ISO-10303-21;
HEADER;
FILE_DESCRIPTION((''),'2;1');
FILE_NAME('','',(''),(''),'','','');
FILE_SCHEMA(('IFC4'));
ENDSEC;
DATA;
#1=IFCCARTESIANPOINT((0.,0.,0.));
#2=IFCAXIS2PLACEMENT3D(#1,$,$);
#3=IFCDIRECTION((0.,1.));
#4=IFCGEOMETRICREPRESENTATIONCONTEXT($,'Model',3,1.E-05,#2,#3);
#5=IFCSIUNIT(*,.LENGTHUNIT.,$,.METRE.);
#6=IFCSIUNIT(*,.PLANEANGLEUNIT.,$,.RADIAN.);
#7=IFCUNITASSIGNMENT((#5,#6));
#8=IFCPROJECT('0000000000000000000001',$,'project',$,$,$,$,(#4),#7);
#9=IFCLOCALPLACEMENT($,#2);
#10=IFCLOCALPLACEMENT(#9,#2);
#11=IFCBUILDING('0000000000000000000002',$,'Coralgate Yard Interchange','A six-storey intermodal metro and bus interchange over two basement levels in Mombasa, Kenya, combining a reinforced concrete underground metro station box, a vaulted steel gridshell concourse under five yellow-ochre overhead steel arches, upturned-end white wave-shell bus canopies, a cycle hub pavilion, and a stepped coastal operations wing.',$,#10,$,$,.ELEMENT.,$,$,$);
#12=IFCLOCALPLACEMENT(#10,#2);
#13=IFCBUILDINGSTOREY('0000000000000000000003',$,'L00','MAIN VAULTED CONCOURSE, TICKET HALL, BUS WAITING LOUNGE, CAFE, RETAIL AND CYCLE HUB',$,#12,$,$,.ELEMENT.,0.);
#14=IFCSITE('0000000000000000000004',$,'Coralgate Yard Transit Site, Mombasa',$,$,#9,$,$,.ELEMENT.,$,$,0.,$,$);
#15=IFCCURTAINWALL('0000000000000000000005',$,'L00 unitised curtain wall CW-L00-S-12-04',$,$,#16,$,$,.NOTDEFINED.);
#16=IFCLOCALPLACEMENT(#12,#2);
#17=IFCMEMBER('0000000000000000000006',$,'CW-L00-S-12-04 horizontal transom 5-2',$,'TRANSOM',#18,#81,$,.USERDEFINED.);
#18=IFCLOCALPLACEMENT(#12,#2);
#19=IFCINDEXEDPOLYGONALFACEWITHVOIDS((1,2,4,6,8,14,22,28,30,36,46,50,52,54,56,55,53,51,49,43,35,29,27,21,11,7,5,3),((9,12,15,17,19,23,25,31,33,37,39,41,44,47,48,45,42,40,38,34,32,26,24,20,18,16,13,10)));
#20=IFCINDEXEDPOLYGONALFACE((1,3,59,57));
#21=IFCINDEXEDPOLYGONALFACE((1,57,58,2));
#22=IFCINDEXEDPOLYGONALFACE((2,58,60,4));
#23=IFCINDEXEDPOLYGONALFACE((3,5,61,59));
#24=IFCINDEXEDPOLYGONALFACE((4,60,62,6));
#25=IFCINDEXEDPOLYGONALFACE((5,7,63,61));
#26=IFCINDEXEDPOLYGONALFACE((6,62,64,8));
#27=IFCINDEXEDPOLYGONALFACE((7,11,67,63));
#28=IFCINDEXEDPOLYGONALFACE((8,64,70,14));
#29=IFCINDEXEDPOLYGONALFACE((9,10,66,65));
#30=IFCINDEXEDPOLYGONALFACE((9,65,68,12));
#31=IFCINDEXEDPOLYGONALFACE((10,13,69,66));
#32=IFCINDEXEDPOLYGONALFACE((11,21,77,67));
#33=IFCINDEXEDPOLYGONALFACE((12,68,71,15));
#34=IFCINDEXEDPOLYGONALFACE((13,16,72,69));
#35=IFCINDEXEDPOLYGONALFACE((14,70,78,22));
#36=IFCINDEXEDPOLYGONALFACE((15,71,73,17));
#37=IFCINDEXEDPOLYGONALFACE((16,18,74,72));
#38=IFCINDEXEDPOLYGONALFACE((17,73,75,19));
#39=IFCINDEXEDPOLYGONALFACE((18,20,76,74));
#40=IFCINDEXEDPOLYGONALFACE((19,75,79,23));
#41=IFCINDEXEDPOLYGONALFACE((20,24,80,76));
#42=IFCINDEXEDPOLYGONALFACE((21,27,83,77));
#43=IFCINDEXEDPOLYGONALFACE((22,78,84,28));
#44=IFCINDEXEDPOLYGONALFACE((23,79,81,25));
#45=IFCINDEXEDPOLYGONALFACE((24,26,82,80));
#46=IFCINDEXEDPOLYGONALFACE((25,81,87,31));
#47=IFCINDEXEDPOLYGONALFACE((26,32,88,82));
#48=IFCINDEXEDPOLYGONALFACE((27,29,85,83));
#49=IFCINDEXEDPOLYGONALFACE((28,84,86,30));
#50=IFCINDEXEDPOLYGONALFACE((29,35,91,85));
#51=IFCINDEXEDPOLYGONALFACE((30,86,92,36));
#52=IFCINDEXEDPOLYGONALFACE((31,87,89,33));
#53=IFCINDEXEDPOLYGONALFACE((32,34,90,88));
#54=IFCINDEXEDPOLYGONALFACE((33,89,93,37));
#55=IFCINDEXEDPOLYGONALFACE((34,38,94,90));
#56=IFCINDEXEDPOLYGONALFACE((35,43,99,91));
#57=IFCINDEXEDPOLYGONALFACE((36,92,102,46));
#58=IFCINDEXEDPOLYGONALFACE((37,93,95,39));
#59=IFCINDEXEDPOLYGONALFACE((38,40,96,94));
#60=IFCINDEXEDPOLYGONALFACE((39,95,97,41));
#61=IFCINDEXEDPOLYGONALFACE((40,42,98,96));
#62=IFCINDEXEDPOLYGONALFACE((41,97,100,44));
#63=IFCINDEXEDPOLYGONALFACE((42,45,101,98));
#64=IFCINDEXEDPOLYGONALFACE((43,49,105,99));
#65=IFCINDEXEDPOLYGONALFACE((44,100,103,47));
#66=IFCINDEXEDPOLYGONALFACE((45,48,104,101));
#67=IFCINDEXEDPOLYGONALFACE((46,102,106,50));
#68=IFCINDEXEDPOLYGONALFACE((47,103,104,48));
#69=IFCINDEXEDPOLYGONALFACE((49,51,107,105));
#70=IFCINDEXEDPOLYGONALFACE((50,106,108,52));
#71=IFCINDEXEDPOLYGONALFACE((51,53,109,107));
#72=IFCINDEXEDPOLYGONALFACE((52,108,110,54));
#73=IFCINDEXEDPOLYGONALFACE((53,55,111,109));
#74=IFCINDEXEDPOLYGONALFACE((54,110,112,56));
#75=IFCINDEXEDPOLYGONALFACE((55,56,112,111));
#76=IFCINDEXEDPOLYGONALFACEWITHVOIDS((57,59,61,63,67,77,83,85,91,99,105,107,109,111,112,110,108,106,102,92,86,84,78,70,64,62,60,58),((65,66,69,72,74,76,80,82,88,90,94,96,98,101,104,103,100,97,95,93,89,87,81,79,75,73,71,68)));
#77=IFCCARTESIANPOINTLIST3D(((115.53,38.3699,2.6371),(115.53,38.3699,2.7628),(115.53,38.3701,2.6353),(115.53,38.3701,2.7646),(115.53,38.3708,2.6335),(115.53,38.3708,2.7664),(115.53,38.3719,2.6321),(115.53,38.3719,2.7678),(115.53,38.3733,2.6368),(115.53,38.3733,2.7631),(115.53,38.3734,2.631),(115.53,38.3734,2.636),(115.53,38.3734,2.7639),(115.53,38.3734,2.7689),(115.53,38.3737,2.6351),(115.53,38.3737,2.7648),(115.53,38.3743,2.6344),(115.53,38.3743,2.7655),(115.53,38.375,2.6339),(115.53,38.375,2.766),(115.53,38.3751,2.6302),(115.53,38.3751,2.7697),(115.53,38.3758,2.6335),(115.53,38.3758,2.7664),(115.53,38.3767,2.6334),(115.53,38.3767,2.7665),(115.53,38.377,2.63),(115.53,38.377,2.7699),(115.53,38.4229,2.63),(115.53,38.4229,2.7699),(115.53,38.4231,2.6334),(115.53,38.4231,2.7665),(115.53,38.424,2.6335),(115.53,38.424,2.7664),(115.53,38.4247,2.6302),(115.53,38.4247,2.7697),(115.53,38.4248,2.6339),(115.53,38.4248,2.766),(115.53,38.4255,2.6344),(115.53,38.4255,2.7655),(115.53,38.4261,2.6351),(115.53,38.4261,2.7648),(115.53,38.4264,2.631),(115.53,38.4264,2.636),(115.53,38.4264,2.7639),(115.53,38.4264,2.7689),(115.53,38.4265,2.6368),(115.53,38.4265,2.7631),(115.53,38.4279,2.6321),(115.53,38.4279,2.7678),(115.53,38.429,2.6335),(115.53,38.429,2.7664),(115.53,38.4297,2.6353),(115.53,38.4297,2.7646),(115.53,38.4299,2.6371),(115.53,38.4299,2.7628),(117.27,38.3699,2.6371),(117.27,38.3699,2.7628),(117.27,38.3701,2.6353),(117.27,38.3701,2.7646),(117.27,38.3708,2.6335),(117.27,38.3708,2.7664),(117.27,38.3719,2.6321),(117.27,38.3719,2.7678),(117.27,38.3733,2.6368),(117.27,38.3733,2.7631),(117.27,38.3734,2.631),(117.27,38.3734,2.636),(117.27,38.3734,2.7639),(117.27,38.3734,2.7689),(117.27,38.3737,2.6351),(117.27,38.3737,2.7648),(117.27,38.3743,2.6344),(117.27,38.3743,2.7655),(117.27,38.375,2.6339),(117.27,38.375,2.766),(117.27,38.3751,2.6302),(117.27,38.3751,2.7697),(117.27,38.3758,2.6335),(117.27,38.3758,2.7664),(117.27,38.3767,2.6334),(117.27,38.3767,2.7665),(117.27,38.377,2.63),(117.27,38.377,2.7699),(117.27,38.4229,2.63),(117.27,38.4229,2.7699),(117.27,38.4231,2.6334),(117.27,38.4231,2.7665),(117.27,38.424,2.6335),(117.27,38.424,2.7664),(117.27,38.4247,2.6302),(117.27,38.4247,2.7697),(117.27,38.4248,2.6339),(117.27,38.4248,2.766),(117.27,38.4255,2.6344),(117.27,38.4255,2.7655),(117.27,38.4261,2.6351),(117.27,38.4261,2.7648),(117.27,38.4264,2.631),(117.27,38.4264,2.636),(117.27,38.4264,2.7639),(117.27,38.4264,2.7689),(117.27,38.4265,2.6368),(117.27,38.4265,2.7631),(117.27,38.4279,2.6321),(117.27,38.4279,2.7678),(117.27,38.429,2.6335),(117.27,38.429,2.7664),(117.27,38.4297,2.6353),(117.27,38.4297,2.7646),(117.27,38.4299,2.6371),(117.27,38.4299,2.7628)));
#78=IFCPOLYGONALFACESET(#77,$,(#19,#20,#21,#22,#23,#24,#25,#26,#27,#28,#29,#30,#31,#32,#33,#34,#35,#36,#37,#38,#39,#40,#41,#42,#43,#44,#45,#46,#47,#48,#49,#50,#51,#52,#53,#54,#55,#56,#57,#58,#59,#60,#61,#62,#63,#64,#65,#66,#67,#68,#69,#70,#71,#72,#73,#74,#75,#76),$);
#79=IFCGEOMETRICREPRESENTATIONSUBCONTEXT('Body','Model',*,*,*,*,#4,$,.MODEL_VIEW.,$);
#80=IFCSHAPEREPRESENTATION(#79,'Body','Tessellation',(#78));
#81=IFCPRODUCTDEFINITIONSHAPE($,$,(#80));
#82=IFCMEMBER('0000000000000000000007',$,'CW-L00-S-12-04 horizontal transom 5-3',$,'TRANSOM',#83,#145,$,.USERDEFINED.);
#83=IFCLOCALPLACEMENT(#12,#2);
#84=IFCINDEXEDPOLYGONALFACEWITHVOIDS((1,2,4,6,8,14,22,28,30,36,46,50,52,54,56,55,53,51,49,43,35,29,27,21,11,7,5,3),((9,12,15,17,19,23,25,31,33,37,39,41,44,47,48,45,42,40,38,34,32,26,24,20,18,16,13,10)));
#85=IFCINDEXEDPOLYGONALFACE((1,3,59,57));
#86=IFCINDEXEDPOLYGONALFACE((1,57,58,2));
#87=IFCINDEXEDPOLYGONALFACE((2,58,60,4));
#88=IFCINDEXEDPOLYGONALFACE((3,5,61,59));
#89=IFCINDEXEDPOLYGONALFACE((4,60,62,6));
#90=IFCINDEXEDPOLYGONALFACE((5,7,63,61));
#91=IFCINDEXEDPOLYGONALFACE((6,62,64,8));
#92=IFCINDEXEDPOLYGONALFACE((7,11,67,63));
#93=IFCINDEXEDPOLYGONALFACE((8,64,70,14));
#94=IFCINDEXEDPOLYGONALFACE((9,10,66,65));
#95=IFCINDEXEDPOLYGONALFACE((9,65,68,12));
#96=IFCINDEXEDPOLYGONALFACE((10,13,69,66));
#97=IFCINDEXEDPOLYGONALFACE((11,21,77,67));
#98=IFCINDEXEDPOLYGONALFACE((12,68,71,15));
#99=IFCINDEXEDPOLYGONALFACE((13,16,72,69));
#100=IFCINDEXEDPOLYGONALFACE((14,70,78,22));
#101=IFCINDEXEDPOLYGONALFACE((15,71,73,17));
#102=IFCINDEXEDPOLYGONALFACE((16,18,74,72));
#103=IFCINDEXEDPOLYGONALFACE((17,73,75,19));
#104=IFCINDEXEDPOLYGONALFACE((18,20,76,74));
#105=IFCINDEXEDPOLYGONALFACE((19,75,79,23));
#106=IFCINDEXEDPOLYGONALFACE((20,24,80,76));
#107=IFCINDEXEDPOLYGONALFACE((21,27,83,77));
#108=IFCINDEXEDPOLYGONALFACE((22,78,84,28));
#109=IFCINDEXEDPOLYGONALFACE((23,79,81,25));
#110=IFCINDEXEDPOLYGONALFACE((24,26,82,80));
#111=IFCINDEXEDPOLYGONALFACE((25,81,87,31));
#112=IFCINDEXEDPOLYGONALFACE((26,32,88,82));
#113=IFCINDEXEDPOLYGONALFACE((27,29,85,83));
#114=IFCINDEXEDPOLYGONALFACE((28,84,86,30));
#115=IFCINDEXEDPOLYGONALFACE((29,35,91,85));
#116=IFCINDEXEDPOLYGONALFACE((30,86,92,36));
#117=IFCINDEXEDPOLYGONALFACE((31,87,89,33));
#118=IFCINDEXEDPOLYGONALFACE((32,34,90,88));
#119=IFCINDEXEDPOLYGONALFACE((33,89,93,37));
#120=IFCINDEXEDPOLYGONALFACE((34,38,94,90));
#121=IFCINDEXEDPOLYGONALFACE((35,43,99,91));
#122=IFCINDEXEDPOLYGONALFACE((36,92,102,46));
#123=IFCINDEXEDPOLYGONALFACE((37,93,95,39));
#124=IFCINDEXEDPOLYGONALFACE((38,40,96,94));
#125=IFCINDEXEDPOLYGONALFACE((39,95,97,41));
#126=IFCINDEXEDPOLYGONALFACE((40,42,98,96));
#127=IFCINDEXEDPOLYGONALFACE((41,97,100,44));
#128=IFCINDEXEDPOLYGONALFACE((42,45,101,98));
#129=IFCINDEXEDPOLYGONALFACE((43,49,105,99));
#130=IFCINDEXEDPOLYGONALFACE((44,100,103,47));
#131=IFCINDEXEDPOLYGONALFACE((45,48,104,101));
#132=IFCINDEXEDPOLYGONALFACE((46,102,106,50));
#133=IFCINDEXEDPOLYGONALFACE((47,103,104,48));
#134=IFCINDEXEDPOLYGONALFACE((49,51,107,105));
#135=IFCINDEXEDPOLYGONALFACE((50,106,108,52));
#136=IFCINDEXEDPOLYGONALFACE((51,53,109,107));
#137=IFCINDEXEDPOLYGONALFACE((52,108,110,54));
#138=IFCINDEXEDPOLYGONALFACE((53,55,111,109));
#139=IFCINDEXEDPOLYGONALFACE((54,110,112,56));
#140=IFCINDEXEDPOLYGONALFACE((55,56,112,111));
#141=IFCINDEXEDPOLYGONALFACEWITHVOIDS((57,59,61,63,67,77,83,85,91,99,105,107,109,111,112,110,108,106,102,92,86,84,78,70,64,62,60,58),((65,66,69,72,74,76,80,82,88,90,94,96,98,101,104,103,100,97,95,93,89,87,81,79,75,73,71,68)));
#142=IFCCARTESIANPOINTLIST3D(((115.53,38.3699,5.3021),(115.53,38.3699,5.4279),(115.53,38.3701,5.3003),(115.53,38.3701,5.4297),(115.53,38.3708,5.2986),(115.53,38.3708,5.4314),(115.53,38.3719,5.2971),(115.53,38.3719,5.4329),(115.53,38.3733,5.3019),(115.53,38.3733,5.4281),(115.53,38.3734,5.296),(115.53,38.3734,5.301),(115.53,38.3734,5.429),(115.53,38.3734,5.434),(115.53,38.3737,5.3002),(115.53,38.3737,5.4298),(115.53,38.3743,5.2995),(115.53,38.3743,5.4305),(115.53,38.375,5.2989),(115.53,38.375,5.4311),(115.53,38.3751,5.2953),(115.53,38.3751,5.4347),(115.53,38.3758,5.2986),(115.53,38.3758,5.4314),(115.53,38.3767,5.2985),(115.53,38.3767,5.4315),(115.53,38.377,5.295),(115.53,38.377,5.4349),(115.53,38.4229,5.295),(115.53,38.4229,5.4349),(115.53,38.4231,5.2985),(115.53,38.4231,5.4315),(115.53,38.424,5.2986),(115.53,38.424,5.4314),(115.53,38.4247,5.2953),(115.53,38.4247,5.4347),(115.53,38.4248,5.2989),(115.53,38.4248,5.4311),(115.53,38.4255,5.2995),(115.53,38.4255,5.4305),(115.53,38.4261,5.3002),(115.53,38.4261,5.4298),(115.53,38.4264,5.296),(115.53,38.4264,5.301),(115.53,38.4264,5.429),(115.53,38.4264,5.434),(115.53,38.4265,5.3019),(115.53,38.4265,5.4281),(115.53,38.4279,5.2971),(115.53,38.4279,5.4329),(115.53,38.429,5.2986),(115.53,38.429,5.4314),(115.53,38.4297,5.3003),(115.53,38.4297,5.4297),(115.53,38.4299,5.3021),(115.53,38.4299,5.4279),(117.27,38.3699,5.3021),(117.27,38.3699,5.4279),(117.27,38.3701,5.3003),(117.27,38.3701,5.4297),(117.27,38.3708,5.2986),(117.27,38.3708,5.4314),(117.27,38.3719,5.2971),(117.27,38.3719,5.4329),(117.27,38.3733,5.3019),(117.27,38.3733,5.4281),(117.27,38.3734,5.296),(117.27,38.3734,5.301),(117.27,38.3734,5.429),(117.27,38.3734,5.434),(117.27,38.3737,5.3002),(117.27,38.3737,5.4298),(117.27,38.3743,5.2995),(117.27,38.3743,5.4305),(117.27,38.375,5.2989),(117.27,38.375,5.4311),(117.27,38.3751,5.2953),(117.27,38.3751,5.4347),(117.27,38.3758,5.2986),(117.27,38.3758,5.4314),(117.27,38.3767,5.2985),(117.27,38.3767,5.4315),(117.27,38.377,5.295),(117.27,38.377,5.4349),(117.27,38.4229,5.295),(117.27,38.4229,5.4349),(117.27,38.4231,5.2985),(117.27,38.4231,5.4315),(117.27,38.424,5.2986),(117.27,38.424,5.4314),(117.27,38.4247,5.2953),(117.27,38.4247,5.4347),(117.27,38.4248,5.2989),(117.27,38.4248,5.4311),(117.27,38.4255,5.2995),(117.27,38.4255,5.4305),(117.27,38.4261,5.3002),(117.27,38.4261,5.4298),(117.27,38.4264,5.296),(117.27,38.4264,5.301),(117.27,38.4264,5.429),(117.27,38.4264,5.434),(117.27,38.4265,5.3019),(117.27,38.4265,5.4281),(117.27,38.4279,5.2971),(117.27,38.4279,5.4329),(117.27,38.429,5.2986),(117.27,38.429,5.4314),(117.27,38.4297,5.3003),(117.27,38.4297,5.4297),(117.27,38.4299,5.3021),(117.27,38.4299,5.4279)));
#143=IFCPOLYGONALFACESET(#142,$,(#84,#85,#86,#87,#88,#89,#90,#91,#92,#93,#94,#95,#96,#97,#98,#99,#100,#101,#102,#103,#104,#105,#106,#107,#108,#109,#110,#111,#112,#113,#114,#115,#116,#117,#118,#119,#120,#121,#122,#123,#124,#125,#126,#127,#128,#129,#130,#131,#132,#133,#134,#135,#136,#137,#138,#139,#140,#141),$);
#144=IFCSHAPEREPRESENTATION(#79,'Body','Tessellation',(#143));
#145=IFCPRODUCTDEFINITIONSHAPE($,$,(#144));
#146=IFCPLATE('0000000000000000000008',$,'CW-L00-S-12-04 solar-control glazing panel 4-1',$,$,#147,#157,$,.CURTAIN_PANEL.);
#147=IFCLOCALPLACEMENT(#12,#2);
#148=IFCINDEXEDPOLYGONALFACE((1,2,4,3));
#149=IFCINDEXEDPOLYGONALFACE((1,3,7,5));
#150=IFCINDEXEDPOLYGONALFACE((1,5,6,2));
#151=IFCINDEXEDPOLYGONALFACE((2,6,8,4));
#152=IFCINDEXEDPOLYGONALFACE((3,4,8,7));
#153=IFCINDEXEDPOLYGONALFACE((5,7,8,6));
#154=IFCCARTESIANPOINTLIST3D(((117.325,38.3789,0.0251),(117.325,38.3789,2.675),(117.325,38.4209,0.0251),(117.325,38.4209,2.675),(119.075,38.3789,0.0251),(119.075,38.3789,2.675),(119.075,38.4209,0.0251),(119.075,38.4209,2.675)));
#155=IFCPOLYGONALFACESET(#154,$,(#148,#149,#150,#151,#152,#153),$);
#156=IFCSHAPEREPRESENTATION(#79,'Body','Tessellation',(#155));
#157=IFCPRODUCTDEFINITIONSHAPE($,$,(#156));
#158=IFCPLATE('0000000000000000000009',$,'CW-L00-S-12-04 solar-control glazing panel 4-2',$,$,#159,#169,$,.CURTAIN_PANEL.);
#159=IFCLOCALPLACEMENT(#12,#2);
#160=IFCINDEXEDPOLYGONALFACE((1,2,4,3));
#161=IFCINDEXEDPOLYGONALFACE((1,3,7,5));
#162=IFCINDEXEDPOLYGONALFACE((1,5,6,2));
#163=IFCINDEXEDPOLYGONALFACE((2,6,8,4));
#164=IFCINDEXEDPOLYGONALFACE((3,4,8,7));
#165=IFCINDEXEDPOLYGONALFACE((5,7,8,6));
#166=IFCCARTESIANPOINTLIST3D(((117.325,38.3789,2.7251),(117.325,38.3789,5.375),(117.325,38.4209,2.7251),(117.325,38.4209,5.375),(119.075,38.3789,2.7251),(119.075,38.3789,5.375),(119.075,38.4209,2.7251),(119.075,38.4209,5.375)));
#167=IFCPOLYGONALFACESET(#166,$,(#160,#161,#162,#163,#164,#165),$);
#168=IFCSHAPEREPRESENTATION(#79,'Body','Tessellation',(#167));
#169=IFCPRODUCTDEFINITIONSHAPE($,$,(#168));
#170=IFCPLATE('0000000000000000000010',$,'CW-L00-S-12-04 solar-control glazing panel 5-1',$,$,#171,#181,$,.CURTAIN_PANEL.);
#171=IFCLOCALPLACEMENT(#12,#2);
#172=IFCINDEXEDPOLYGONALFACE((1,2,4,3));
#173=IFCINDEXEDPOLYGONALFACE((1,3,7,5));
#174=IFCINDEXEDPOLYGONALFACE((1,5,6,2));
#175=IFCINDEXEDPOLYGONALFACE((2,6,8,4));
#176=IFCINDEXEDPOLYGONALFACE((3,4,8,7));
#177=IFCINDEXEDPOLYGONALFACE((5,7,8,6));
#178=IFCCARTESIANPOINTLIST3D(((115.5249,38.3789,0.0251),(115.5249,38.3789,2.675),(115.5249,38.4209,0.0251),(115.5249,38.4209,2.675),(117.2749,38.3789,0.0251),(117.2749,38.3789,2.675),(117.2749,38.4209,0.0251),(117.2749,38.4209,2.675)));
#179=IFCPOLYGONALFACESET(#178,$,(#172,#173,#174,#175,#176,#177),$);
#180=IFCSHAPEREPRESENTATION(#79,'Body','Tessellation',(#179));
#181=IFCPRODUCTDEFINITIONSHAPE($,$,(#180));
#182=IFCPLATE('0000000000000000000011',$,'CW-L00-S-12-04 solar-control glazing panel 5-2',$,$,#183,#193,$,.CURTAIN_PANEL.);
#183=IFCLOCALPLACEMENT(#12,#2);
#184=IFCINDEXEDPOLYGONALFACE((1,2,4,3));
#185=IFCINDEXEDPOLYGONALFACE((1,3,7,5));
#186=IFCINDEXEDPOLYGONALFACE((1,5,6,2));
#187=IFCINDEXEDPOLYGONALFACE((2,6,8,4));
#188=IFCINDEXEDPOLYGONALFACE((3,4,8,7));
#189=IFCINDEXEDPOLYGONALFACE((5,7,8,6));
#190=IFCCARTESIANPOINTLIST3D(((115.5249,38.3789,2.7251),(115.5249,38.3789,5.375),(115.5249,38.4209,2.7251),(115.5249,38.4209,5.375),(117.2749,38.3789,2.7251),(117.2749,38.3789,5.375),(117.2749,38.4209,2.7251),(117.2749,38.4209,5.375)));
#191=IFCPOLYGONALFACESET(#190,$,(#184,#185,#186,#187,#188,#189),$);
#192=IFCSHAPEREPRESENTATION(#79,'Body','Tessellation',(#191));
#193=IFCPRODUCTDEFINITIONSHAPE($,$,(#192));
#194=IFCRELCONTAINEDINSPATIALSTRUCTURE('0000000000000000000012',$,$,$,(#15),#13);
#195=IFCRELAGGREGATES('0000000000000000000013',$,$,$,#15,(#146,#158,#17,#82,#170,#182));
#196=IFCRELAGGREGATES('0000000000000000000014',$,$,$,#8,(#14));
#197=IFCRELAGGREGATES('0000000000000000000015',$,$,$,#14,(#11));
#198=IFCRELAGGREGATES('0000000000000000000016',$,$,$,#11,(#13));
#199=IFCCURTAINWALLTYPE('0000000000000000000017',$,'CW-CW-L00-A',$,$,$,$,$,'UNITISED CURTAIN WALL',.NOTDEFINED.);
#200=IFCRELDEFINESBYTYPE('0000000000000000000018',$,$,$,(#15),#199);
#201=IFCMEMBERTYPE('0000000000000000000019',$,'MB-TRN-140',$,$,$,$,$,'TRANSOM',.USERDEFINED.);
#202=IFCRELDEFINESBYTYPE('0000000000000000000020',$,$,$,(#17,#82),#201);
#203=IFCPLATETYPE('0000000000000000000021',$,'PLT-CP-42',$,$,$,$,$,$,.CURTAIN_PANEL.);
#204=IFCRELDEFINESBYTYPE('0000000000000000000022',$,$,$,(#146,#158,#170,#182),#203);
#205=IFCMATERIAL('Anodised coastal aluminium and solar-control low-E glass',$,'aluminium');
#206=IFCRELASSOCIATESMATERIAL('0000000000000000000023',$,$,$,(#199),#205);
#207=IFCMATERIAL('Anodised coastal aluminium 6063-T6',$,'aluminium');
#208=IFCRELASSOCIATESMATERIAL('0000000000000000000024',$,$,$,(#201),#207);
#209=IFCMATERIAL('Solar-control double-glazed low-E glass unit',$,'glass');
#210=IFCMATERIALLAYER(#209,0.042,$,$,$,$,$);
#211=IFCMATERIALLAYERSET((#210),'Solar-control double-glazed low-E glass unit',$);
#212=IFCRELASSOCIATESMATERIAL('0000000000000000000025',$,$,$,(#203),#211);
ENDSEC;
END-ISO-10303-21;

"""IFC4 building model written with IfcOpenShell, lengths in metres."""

from ifc_helpers import new_model, si_unit, direction, frame, origin, origin_2d, place, context, subcontext, project, spatial, rectangle, hollow_rectangle, extrude, material, layer, layer_set, material_profile, profile_set, type_object, element, aggregate, save


model = new_model("IFC4")

# Units and contexts
model_context = context("Model", 3, precision=1e-05, world=origin(), true_north=direction((0.0, 1.0)))
body_context = subcontext(model_context, "Body", "Model", "MODEL_VIEW")
ifc_project = project(units=[si_unit("LENGTHUNIT", "METRE"), si_unit("PLANEANGLEUNIT", "RADIAN")], contexts=[model_context])

# Site, building, storey
site_placement = place(None, origin())
site = spatial("IfcSite", under=ifc_project, at=site_placement, Name="Coralgate Yard Transit Site, Mombasa", CompositionType="ELEMENT", RefElevation=0.0)
building_placement = place(site_placement, origin())
building = spatial("IfcBuilding", under=site, at=building_placement, Name="Coralgate Yard Interchange", Description="A six-storey intermodal metro and bus interchange over two basement levels in Mombasa, Kenya, combining a reinforced concrete underground metro station box, a vaulted steel gridshell concourse under five yellow-ochre overhead steel arches, upturned-end white wave-shell bus canopies, a cycle hub pavilion, and a stepped coastal operations wing.", CompositionType="ELEMENT")
storey_placement = place(building_placement, origin())
storey = spatial("IfcBuildingStorey", under=building, at=storey_placement, Name="L00", Description="MAIN VAULTED CONCOURSE, TICKET HALL, BUS WAITING LOUNGE, CAFE, RETAIL AND CYCLE HUB", CompositionType="ELEMENT", Elevation=0.0)

# Curtain wall, members, plates
ifc_material_1 = material(Name="Anodised coastal aluminium and solar-control low-E glass", Category="aluminium")
curtain_wall_type = type_object("IfcCurtainWallType", Name="CW-CW-L00-A", ElementType="UNITISED CURTAIN WALL", PredefinedType="NOTDEFINED", material=ifc_material_1)
curtain_wall_placement = place(storey_placement, origin())
curtain_wall = element("IfcCurtainWall", 1, at=curtain_wall_placement, inside=storey, type_object=curtain_wall_type, Name="L00 unitised curtain wall CW-L00-S-12-04", PredefinedType="NOTDEFINED")
ifc_material_2 = material(Name="Anodised coastal aluminium 6063-T6", Category="aluminium")
ifc_material_profile_1 = material_profile(ifc_material_2, hollow_rectangle(XDim=0.0601, YDim=0.1399, WallThickness=0.0034, InnerFilletRadius=0.0034, OuterFilletRadius=0.0071, at=origin_2d()), Name="ALU 60x140x3.5")
ifc_profile_set_1 = profile_set([ifc_material_profile_1], Name="Anodised coastal aluminium 6063-T6")
member_type_1 = type_object("IfcMemberType", Name="MB-TRN-140", ElementType="TRANSOM", PredefinedType="USERDEFINED", material=ifc_profile_set_1)
member_1_placement = place(storey_placement, frame((117.27, 38.3999, 2.7), z_axis=(-1.0, 0.0, 0.0), x_axis=(0.0, -1.0, 0.0)))
member_1 = element("IfcMember", 2, at=member_1_placement, type_object=member_type_1, Name="CW-L00-S-12-04 horizontal transom 5-2", ObjectType="TRANSOM", PredefinedType="USERDEFINED", context=body_context, shape_type="SweptSolid", body=[
    extrude(hollow_rectangle(XDim=0.0601, YDim=0.1399, WallThickness=0.0034, InnerFilletRadius=0.0034, OuterFilletRadius=0.0071, at=origin_2d()), origin(), (0.0, 0.0, 1.0), 1.74),
])
member_2_placement = place(storey_placement, frame((117.27, 38.3999, 5.365), z_axis=(-1.0, 0.0, 0.0), x_axis=(0.0, -1.0, 0.0)))
member_2 = element("IfcMember", 3, at=member_2_placement, type_object=member_type_1, Name="CW-L00-S-12-04 horizontal transom 5-3", ObjectType="TRANSOM", PredefinedType="USERDEFINED", context=body_context, shape_type="SweptSolid", body=[
    extrude(hollow_rectangle(XDim=0.0601, YDim=0.1399, WallThickness=0.0034, InnerFilletRadius=0.0034, OuterFilletRadius=0.0071, at=origin_2d()), origin(), (0.0, 0.0, 1.0), 1.74),
])
ifc_material_3 = material(Name="Solar-control double-glazed low-E glass unit", Category="glass")
ifc_layer_1 = layer(ifc_material_3, 0.042)
ifc_layer_set_1 = layer_set([ifc_layer_1], Name="Solar-control double-glazed low-E glass unit")
plate_type = type_object("IfcPlateType", Name="PLT-CP-42", PredefinedType="CURTAIN_PANEL", material=ifc_layer_set_1)
plate_1_placement = place(storey_placement, frame((118.2, 38.3999, 0.0251), z_axis=(0.0, 0.0, 1.0), x_axis=(-1.0, 0.0, 0.0)))
plate_1 = element("IfcPlate", 4, at=plate_1_placement, type_object=plate_type, Name="CW-L00-S-12-04 solar-control glazing panel 4-1", PredefinedType="CURTAIN_PANEL", context=body_context, shape_type="SweptSolid", body=[
    extrude(rectangle(XDim=1.75, YDim=0.042, at=origin_2d()), origin(), (0.0, 0.0, 1.0), 2.6499),
])
plate_2_placement = place(storey_placement, frame((118.2, 38.3999, 2.7251), z_axis=(0.0, 0.0, 1.0), x_axis=(-1.0, 0.0, 0.0)))
plate_2 = element("IfcPlate", 5, at=plate_2_placement, type_object=plate_type, Name="CW-L00-S-12-04 solar-control glazing panel 4-2", PredefinedType="CURTAIN_PANEL", context=body_context, shape_type="SweptSolid", body=[
    extrude(rectangle(XDim=1.75, YDim=0.042, at=origin_2d()), origin(), (0.0, 0.0, 1.0), 2.6499),
])
plate_3_placement = place(storey_placement, frame((116.3999, 38.3999, 0.0251), z_axis=(0.0, 0.0, 1.0), x_axis=(-1.0, 0.0, 0.0)))
plate_3 = element("IfcPlate", 6, at=plate_3_placement, type_object=plate_type, Name="CW-L00-S-12-04 solar-control glazing panel 5-1", PredefinedType="CURTAIN_PANEL", context=body_context, shape_type="SweptSolid", body=[
    extrude(rectangle(XDim=1.75, YDim=0.042, at=origin_2d()), origin(), (0.0, 0.0, 1.0), 2.6499),
])
plate_4_placement = place(storey_placement, frame((116.3999, 38.3999, 2.7251), z_axis=(0.0, 0.0, 1.0), x_axis=(-1.0, 0.0, 0.0)))
plate_4 = element("IfcPlate", 7, at=plate_4_placement, type_object=plate_type, Name="CW-L00-S-12-04 solar-control glazing panel 5-2", PredefinedType="CURTAIN_PANEL", context=body_context, shape_type="SweptSolid", body=[
    extrude(rectangle(XDim=1.75, YDim=0.042, at=origin_2d()), origin(), (0.0, 0.0, 1.0), 2.6499),
])
aggregate(curtain_wall, [plate_1, plate_2, member_1, member_2, plate_3, plate_4])

save(model, "model.ifc")
